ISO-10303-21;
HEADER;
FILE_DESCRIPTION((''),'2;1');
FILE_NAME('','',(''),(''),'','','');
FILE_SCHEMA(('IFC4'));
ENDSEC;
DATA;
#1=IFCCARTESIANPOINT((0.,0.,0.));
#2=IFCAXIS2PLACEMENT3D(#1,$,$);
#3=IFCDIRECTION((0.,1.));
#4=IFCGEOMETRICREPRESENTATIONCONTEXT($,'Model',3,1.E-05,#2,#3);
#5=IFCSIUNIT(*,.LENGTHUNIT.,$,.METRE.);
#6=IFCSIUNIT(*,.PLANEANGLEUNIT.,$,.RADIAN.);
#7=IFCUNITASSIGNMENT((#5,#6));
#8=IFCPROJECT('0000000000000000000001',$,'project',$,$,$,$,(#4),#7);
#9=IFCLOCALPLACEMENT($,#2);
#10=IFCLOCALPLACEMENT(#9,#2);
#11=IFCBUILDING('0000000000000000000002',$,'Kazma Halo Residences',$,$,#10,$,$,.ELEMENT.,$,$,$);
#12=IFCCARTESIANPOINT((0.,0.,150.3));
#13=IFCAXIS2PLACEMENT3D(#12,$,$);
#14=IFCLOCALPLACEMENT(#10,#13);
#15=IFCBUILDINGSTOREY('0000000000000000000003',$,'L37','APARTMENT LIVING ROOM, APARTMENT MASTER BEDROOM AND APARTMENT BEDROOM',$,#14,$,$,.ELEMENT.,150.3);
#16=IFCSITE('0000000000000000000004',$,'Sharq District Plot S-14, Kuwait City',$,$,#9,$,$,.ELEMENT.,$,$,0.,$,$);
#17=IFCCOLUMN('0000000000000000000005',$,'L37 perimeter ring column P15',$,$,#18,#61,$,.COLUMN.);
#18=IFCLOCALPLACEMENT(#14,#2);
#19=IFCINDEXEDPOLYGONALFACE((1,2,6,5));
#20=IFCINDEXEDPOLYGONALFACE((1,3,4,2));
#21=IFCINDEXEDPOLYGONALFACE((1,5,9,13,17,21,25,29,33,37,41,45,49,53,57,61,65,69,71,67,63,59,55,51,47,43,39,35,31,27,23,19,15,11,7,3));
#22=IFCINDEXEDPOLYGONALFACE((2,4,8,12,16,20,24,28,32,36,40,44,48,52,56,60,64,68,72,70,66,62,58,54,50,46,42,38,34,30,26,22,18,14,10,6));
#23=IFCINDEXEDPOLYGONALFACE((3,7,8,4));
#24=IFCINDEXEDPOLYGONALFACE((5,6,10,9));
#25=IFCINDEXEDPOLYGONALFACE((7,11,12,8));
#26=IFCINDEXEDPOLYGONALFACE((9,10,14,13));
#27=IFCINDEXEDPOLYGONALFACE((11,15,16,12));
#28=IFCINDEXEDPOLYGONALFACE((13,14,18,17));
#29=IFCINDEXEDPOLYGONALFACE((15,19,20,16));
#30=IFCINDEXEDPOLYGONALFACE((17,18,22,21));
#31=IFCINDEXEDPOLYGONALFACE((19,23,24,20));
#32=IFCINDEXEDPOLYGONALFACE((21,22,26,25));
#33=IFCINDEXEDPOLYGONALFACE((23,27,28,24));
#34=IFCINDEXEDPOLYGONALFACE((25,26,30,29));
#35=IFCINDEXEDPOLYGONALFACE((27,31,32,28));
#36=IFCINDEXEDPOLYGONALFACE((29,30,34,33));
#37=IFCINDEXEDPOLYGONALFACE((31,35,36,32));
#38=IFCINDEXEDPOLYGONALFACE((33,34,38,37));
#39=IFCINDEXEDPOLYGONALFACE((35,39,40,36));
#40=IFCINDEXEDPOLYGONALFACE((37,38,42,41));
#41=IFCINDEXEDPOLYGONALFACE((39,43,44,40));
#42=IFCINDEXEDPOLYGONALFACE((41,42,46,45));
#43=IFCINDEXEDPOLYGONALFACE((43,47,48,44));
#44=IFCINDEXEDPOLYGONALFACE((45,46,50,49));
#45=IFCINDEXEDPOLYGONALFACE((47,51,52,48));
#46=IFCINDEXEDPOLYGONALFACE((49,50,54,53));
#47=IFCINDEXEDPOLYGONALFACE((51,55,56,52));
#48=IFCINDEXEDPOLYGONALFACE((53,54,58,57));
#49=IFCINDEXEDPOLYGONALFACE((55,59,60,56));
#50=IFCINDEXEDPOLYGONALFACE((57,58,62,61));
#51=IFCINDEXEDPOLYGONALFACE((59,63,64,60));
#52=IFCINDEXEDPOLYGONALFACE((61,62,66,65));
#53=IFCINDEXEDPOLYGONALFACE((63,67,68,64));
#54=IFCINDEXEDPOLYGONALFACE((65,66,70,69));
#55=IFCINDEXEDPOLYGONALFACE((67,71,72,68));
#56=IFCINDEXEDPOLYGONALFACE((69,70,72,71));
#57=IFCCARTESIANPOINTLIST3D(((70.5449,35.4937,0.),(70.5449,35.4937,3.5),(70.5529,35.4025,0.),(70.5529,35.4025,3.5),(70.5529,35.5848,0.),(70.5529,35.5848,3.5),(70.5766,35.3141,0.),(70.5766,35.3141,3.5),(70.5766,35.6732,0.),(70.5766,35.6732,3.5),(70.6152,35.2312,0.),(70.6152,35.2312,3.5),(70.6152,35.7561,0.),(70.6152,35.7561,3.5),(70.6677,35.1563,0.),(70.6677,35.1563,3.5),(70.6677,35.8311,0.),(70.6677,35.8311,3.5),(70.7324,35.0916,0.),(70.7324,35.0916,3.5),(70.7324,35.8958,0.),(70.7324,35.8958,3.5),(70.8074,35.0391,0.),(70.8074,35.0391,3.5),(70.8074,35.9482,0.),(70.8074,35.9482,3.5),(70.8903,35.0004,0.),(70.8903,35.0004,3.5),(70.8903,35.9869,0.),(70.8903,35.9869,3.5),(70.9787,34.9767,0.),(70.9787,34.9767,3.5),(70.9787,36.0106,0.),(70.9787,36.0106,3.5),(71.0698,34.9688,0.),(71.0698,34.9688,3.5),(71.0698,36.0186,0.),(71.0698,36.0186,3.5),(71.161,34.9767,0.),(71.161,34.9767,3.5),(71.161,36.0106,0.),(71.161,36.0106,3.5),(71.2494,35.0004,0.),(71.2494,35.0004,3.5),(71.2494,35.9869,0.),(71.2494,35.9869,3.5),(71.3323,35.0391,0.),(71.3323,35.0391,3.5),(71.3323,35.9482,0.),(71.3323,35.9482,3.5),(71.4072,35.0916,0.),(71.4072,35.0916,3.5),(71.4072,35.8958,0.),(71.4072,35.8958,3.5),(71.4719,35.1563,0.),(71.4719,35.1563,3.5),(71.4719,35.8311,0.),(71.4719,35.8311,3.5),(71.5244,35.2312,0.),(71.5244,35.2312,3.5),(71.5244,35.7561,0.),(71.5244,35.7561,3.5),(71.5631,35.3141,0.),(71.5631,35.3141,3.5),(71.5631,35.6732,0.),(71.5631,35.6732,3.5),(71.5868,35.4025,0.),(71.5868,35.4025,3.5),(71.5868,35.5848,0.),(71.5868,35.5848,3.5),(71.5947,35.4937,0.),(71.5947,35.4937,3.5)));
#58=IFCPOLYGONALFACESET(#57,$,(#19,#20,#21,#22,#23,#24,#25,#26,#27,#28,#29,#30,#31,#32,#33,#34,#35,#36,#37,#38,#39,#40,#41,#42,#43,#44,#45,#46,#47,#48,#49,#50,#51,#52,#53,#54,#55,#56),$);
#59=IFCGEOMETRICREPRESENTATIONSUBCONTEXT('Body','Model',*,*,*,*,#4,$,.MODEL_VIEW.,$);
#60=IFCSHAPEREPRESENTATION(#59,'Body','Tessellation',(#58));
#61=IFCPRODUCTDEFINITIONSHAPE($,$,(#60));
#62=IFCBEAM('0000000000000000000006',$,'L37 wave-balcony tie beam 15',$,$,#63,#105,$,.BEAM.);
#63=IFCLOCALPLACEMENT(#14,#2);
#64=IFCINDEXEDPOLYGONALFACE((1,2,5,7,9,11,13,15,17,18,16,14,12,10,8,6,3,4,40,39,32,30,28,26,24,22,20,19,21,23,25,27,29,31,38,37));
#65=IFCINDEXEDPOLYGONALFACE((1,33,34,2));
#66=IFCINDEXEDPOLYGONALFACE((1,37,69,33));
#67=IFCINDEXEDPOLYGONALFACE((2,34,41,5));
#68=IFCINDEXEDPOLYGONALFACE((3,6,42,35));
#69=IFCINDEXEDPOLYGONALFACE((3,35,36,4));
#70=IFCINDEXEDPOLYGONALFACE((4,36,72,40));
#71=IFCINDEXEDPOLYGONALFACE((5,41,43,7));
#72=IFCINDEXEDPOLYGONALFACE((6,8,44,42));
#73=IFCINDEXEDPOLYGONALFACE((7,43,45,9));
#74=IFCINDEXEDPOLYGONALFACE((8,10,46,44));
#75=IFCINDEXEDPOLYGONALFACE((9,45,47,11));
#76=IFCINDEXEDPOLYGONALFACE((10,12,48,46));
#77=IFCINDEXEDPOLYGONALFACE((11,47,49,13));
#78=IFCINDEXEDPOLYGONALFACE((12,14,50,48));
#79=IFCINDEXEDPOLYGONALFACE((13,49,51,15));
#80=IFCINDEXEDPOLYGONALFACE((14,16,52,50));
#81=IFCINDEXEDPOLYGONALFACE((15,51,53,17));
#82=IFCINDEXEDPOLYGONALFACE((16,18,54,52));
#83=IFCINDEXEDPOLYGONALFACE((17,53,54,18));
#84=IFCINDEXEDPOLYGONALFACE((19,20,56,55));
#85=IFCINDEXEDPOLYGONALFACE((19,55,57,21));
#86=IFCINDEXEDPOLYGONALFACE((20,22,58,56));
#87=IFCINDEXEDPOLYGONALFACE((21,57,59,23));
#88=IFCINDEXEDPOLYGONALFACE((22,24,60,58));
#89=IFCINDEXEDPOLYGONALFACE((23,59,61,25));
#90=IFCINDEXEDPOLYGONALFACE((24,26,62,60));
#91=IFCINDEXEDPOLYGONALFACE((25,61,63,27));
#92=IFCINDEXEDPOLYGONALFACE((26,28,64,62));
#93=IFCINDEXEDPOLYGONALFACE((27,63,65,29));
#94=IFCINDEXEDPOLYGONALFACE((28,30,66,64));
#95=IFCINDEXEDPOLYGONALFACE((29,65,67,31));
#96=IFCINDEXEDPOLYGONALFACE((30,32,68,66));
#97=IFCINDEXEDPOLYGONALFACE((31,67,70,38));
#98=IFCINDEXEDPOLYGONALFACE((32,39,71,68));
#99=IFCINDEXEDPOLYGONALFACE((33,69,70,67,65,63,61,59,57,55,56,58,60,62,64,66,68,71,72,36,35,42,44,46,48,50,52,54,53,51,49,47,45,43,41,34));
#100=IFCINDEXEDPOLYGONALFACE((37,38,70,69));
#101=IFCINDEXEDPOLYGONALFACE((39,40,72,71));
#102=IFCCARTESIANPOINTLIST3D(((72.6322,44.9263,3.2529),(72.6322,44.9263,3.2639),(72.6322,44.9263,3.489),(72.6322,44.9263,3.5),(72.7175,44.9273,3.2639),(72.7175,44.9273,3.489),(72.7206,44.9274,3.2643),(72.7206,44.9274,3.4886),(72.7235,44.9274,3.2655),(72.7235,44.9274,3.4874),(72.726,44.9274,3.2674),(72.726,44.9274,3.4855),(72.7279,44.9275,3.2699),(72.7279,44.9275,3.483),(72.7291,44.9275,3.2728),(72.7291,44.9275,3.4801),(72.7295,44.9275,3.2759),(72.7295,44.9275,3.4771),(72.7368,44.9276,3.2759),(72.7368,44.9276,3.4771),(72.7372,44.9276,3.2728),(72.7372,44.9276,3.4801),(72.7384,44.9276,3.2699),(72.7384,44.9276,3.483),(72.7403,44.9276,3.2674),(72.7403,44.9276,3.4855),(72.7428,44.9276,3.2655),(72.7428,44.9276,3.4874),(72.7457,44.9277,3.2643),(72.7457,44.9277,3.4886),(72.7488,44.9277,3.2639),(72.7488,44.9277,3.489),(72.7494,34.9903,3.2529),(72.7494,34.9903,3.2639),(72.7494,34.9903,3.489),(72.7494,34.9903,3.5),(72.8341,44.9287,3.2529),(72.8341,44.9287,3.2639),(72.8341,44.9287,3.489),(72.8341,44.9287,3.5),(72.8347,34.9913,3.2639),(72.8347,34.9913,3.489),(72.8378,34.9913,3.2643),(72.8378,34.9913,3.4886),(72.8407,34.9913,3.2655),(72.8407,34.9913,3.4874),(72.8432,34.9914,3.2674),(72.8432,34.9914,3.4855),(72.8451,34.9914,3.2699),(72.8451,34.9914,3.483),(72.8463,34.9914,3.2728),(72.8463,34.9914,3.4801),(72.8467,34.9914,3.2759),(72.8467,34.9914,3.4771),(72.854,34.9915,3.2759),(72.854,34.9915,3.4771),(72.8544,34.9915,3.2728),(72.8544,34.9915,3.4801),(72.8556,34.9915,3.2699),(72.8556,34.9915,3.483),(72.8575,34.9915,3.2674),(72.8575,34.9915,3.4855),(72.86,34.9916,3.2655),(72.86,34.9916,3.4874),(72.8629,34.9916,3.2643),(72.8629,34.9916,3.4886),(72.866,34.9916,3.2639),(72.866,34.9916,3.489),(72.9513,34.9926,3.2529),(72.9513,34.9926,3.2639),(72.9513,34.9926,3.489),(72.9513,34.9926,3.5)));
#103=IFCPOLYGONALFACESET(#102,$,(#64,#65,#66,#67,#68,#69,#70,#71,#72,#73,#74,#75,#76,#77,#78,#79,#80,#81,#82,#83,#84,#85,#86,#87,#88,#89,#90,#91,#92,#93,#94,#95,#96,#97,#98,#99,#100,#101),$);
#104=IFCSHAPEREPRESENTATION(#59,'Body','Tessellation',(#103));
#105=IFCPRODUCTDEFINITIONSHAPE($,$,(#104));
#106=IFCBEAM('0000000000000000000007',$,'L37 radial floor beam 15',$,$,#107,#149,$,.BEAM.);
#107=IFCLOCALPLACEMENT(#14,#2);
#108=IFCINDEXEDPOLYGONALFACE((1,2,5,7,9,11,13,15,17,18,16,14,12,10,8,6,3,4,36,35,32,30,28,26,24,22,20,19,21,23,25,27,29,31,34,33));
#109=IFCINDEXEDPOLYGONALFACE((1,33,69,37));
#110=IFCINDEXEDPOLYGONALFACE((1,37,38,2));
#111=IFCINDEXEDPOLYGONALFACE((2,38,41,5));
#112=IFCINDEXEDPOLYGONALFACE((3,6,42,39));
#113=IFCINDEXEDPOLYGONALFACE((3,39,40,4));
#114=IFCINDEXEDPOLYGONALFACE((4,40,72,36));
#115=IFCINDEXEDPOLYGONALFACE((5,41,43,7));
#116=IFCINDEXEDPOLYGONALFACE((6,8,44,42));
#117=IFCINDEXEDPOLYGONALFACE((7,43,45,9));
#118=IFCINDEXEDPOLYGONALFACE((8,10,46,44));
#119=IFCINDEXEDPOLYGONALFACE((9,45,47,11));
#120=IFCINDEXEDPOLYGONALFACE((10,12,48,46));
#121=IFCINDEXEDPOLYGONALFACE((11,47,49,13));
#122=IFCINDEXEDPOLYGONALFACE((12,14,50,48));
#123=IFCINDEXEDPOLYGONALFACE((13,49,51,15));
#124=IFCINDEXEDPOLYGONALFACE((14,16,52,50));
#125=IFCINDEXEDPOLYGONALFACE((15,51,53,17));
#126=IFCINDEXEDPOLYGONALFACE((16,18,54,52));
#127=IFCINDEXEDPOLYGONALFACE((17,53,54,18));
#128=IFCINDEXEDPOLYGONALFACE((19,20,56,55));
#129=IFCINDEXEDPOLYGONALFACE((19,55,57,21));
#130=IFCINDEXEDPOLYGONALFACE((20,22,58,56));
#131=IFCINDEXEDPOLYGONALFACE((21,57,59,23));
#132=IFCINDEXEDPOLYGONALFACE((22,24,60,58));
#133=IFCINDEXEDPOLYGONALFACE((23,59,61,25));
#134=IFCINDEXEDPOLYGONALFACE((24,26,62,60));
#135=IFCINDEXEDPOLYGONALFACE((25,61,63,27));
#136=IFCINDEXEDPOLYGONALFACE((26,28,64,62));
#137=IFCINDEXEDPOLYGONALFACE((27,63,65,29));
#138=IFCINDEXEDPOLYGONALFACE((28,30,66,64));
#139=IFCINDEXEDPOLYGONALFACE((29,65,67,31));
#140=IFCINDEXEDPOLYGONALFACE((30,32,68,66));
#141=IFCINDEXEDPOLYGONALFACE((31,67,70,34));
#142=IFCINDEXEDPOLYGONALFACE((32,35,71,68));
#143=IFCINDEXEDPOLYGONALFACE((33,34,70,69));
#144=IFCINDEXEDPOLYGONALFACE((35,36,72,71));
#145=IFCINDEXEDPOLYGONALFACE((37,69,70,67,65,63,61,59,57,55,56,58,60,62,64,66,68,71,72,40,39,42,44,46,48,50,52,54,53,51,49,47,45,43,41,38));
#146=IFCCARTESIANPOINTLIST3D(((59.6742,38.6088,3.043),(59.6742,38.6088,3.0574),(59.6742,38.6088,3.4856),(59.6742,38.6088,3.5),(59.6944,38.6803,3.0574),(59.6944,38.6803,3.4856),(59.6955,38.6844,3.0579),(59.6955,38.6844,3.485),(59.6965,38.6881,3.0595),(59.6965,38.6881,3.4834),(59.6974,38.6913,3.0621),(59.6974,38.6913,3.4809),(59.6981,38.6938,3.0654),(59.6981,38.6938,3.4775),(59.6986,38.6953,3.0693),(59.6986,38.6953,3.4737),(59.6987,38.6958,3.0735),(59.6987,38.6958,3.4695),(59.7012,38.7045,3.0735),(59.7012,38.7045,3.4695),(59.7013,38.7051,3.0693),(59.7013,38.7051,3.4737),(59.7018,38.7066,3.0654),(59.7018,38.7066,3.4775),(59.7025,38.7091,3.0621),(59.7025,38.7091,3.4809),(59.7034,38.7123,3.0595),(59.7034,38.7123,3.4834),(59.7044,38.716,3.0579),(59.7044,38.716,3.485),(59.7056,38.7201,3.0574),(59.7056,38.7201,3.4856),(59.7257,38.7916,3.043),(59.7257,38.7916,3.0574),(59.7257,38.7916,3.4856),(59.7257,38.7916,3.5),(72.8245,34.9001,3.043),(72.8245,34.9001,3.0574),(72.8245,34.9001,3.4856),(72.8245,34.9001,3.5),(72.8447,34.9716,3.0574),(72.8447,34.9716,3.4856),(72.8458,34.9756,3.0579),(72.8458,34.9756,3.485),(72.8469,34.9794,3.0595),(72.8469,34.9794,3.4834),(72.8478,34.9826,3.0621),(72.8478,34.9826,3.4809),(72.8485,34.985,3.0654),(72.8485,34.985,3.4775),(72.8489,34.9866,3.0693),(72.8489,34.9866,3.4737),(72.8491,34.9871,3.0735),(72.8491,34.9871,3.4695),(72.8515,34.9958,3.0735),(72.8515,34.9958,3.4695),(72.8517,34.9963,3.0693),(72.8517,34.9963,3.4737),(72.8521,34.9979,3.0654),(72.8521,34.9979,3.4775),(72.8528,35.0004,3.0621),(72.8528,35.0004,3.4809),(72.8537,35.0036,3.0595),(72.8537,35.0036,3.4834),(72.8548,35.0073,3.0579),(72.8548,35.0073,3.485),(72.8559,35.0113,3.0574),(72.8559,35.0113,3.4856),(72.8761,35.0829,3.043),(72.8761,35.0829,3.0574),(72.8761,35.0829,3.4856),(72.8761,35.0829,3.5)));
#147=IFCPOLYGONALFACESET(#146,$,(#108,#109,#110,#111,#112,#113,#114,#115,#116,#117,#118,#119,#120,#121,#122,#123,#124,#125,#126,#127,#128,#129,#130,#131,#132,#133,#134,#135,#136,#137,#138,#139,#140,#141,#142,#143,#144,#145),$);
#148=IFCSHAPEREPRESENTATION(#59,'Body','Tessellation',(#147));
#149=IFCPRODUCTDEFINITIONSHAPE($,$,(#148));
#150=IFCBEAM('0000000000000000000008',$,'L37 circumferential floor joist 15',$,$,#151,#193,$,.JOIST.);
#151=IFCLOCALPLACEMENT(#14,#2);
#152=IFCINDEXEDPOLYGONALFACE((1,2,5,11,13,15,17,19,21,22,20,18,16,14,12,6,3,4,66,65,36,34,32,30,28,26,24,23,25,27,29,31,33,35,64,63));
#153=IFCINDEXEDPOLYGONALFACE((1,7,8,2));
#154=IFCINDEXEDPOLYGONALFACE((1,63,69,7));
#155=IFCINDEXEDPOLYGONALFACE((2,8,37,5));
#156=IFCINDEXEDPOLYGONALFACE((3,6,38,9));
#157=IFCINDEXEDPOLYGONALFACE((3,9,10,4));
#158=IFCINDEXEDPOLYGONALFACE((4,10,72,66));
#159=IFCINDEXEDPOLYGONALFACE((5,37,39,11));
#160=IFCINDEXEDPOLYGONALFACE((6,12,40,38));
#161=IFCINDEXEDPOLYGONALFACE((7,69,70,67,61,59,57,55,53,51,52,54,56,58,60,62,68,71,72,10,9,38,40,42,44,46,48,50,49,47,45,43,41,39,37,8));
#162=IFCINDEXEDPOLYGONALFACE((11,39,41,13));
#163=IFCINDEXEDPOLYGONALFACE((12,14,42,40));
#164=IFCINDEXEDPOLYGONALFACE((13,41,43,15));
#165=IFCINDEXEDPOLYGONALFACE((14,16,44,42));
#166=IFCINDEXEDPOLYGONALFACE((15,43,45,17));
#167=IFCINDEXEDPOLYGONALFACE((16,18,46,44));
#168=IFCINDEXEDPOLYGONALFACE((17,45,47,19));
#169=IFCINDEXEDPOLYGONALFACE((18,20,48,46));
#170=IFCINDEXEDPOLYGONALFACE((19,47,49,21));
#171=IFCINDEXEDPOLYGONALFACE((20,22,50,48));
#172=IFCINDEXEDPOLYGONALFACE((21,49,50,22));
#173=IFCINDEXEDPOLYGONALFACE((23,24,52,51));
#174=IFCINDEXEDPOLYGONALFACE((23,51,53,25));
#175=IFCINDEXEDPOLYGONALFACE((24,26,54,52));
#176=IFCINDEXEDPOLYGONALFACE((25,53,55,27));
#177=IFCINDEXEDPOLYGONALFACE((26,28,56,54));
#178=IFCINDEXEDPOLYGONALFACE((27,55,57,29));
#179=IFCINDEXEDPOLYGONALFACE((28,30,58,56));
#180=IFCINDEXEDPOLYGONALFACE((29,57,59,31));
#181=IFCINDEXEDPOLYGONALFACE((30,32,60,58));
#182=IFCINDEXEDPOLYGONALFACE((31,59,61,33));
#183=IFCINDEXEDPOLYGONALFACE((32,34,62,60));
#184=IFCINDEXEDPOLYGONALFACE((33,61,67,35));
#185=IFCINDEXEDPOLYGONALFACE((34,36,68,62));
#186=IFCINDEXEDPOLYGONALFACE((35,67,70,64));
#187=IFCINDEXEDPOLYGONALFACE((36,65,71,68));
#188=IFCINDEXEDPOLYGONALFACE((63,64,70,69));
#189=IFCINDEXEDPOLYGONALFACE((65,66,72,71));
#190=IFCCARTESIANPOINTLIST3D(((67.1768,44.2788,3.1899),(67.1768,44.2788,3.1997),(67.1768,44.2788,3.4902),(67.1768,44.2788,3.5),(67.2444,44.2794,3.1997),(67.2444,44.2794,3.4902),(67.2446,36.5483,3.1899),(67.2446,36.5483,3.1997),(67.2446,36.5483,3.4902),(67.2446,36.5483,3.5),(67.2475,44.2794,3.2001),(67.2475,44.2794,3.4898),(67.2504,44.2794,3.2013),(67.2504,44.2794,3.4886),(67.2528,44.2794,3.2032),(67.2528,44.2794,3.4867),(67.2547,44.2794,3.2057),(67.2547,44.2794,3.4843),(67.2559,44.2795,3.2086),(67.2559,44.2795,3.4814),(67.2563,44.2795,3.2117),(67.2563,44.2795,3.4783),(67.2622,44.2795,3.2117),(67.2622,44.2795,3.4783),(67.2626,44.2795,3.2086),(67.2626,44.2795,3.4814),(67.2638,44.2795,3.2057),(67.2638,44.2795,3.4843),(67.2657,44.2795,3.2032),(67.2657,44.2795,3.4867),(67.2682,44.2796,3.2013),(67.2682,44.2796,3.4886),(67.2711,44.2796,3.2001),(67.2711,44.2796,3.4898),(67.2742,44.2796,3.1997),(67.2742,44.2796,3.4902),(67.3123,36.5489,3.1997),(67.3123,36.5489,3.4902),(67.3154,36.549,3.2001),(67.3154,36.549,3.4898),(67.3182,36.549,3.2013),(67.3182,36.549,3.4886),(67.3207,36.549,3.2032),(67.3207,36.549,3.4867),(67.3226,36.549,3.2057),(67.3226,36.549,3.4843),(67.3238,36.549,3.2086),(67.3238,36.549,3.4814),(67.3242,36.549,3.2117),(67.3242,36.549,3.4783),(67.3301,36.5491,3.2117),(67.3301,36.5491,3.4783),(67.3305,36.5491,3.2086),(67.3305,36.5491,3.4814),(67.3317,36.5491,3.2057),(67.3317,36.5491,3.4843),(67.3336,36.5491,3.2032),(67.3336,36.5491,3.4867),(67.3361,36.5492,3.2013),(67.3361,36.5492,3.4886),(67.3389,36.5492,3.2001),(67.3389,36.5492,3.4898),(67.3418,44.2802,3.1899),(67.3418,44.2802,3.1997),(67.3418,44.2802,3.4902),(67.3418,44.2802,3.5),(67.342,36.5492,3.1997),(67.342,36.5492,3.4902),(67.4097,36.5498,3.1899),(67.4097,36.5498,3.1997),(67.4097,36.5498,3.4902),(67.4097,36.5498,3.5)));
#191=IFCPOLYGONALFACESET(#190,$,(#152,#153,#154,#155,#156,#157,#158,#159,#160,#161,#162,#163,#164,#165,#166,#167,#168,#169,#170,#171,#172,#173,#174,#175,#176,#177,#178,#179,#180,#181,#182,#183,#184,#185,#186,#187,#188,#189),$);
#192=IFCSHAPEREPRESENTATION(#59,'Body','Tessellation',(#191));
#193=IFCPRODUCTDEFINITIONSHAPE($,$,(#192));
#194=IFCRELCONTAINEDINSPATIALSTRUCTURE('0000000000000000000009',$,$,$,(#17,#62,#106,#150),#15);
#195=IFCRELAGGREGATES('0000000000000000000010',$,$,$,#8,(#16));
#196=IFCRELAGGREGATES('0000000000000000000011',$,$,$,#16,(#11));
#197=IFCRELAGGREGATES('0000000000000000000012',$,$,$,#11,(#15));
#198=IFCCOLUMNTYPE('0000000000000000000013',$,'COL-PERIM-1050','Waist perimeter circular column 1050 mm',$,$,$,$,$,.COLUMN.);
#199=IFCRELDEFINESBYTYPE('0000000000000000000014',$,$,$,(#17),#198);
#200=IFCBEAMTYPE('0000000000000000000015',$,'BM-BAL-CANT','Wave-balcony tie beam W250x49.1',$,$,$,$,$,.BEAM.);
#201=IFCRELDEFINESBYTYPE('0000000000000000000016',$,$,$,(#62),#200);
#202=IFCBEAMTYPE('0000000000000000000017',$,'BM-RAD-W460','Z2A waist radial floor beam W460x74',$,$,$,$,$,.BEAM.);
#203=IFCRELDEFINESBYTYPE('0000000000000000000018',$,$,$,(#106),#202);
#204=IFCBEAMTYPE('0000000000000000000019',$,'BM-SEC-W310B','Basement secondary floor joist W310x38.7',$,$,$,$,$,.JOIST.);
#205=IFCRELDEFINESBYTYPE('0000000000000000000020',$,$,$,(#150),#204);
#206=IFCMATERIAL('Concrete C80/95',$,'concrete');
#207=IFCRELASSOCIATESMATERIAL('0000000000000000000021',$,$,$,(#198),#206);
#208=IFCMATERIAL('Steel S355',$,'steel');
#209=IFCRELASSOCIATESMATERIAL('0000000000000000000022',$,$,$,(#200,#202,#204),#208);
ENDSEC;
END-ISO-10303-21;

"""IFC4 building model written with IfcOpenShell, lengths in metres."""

from ifc_helpers import new_model, si_unit, direction, frame, origin, origin_2d, place, context, subcontext, project, spatial, circle, i_section, extrude, material, material_profile, profile_set, type_object, element, save


model = new_model("IFC4")

# Units and contexts
model_context = context("Model", 3, precision=1e-05, world=origin(), true_north=direction((0.0, 1.0)))
body_context = subcontext(model_context, "Body", "Model", "MODEL_VIEW")
ifc_project = project(units=[si_unit("LENGTHUNIT", "METRE"), si_unit("PLANEANGLEUNIT", "RADIAN")], contexts=[model_context])

# Site, building, storey
site_placement = place(None, origin())
site = spatial("IfcSite", under=ifc_project, at=site_placement, Name="Sharq District Plot S-14, Kuwait City", CompositionType="ELEMENT", RefElevation=0.0)
building_placement = place(site_placement, origin())
building = spatial("IfcBuilding", under=site, at=building_placement, Name="Kazma Halo Residences", CompositionType="ELEMENT")
storey_placement = place(building_placement, frame((0.0, 0.0, 150.3)))
storey = spatial("IfcBuildingStorey", under=building, at=storey_placement, Name="L37", Description="APARTMENT LIVING ROOM, APARTMENT MASTER BEDROOM AND APARTMENT BEDROOM", CompositionType="ELEMENT", Elevation=150.3)

# Column
ifc_material_1 = material(Name="Concrete C80/95", Category="concrete")
ifc_material_profile_1 = material_profile(ifc_material_1, circle(Radius=0.5249, at=origin_2d()), Name="CIRC1050")
ifc_profile_set_1 = profile_set([ifc_material_profile_1], Name="Concrete C80/95")
column_type = type_object("IfcColumnType", Name="COL-PERIM-1050", Description="Waist perimeter circular column 1050 mm", PredefinedType="COLUMN", material=ifc_profile_set_1)
column_placement = place(storey_placement, frame((71.0698, 35.4937, 0.0), z_axis=(0.0, 0.0, 1.0), x_axis=(1.0, 0.0, 0.0)))
element("IfcColumn", 1, at=column_placement, inside=storey, type_object=column_type, Name="L37 perimeter ring column P15", PredefinedType="COLUMN", context=body_context, shape_type="SweptSolid", body=[
    extrude(circle(Radius=0.5249, at=origin_2d()), origin(), (0.0, 0.0, 1.0), 3.5),
])

# Beams
ifc_material_2 = material(Name="Steel S355", Category="steel")
ifc_material_profile_2 = material_profile(ifc_material_2, i_section(OverallWidth=0.2019, OverallDepth=0.2471, WebThickness=0.0073, FlangeThickness=0.011, FilletRadius=0.012, at=origin_2d()), Name="W250x49.1")
ifc_profile_set_2 = profile_set([ifc_material_profile_2], Name="Steel S355")
beam_type_1 = type_object("IfcBeamType", Name="BM-BAL-CANT", Description="Wave-balcony tie beam W250x49.1", PredefinedType="BEAM", material=ifc_profile_set_2)
beam_1_placement = place(storey_placement, frame((72.8503, 34.9915, 3.3765), z_axis=(-0.011793, 0.99993, 0.0), x_axis=(-0.99993, -0.011793, 0.0)))
element("IfcBeam", 2, at=beam_1_placement, inside=storey, type_object=beam_type_1, Name="L37 wave-balcony tie beam 15", PredefinedType="BEAM", context=body_context, shape_type="SweptSolid", body=[
    extrude(i_section(OverallWidth=0.2019, OverallDepth=0.2471, WebThickness=0.0073, FlangeThickness=0.011, FilletRadius=0.012, at=origin_2d()), origin(), (0.0, 0.0, 1.0), 9.9368),
])
ifc_material_profile_3 = material_profile(ifc_material_2, i_section(OverallWidth=0.1899, OverallDepth=0.457, WebThickness=0.009, FlangeThickness=0.0144, FilletRadius=0.0161, at=origin_2d()), Name="W460x74")
ifc_profile_set_3 = profile_set([ifc_material_profile_3], Name="Steel S355")
beam_type_2 = type_object("IfcBeamType", Name="BM-RAD-W460", Description="Z2A waist radial floor beam W460x74", PredefinedType="BEAM", material=ifc_profile_set_3)
beam_2_placement = place(storey_placement, frame((59.7, 38.7002, 3.2715), z_axis=(0.962456, -0.271437, 0.0), x_axis=(0.271437, 0.962456, 0.0)))
element("IfcBeam", 3, at=beam_2_placement, inside=storey, type_object=beam_type_2, Name="L37 radial floor beam 15", PredefinedType="BEAM", context=body_context, shape_type="SweptSolid", body=[
    extrude(i_section(OverallWidth=0.1899, OverallDepth=0.457, WebThickness=0.009, FlangeThickness=0.0144, FilletRadius=0.0161, at=origin_2d()), origin(), (0.0, 0.0, 1.0), 13.6633),
])
ifc_material_profile_4 = material_profile(ifc_material_2, i_section(OverallWidth=0.165, OverallDepth=0.3101, WebThickness=0.0059, FlangeThickness=0.0098, FilletRadius=0.012, at=origin_2d()), Name="W310x38.7")
ifc_profile_set_4 = profile_set([ifc_material_profile_4], Name="Steel S355")
beam_type_3 = type_object("IfcBeamType", Name="BM-SEC-W310B", Description="Basement secondary floor joist W310x38.7", PredefinedType="JOIST", material=ifc_profile_set_4)
beam_3_placement = place(storey_placement, frame((67.3271, 36.5491, 3.345), z_axis=(-0.008779, 0.999961, 0.0), x_axis=(-0.999961, -0.008779, 0.0)))
element("IfcBeam", 4, at=beam_3_placement, inside=storey, type_object=beam_type_3, Name="L37 circumferential floor joist 15", PredefinedType="JOIST", context=body_context, shape_type="SweptSolid", body=[
    extrude(i_section(OverallWidth=0.165, OverallDepth=0.3101, WebThickness=0.0059, FlangeThickness=0.0098, FilletRadius=0.012, at=origin_2d()), origin(), (0.0, 0.0, 1.0), 7.7307),
])

save(model, "model.ifc")
